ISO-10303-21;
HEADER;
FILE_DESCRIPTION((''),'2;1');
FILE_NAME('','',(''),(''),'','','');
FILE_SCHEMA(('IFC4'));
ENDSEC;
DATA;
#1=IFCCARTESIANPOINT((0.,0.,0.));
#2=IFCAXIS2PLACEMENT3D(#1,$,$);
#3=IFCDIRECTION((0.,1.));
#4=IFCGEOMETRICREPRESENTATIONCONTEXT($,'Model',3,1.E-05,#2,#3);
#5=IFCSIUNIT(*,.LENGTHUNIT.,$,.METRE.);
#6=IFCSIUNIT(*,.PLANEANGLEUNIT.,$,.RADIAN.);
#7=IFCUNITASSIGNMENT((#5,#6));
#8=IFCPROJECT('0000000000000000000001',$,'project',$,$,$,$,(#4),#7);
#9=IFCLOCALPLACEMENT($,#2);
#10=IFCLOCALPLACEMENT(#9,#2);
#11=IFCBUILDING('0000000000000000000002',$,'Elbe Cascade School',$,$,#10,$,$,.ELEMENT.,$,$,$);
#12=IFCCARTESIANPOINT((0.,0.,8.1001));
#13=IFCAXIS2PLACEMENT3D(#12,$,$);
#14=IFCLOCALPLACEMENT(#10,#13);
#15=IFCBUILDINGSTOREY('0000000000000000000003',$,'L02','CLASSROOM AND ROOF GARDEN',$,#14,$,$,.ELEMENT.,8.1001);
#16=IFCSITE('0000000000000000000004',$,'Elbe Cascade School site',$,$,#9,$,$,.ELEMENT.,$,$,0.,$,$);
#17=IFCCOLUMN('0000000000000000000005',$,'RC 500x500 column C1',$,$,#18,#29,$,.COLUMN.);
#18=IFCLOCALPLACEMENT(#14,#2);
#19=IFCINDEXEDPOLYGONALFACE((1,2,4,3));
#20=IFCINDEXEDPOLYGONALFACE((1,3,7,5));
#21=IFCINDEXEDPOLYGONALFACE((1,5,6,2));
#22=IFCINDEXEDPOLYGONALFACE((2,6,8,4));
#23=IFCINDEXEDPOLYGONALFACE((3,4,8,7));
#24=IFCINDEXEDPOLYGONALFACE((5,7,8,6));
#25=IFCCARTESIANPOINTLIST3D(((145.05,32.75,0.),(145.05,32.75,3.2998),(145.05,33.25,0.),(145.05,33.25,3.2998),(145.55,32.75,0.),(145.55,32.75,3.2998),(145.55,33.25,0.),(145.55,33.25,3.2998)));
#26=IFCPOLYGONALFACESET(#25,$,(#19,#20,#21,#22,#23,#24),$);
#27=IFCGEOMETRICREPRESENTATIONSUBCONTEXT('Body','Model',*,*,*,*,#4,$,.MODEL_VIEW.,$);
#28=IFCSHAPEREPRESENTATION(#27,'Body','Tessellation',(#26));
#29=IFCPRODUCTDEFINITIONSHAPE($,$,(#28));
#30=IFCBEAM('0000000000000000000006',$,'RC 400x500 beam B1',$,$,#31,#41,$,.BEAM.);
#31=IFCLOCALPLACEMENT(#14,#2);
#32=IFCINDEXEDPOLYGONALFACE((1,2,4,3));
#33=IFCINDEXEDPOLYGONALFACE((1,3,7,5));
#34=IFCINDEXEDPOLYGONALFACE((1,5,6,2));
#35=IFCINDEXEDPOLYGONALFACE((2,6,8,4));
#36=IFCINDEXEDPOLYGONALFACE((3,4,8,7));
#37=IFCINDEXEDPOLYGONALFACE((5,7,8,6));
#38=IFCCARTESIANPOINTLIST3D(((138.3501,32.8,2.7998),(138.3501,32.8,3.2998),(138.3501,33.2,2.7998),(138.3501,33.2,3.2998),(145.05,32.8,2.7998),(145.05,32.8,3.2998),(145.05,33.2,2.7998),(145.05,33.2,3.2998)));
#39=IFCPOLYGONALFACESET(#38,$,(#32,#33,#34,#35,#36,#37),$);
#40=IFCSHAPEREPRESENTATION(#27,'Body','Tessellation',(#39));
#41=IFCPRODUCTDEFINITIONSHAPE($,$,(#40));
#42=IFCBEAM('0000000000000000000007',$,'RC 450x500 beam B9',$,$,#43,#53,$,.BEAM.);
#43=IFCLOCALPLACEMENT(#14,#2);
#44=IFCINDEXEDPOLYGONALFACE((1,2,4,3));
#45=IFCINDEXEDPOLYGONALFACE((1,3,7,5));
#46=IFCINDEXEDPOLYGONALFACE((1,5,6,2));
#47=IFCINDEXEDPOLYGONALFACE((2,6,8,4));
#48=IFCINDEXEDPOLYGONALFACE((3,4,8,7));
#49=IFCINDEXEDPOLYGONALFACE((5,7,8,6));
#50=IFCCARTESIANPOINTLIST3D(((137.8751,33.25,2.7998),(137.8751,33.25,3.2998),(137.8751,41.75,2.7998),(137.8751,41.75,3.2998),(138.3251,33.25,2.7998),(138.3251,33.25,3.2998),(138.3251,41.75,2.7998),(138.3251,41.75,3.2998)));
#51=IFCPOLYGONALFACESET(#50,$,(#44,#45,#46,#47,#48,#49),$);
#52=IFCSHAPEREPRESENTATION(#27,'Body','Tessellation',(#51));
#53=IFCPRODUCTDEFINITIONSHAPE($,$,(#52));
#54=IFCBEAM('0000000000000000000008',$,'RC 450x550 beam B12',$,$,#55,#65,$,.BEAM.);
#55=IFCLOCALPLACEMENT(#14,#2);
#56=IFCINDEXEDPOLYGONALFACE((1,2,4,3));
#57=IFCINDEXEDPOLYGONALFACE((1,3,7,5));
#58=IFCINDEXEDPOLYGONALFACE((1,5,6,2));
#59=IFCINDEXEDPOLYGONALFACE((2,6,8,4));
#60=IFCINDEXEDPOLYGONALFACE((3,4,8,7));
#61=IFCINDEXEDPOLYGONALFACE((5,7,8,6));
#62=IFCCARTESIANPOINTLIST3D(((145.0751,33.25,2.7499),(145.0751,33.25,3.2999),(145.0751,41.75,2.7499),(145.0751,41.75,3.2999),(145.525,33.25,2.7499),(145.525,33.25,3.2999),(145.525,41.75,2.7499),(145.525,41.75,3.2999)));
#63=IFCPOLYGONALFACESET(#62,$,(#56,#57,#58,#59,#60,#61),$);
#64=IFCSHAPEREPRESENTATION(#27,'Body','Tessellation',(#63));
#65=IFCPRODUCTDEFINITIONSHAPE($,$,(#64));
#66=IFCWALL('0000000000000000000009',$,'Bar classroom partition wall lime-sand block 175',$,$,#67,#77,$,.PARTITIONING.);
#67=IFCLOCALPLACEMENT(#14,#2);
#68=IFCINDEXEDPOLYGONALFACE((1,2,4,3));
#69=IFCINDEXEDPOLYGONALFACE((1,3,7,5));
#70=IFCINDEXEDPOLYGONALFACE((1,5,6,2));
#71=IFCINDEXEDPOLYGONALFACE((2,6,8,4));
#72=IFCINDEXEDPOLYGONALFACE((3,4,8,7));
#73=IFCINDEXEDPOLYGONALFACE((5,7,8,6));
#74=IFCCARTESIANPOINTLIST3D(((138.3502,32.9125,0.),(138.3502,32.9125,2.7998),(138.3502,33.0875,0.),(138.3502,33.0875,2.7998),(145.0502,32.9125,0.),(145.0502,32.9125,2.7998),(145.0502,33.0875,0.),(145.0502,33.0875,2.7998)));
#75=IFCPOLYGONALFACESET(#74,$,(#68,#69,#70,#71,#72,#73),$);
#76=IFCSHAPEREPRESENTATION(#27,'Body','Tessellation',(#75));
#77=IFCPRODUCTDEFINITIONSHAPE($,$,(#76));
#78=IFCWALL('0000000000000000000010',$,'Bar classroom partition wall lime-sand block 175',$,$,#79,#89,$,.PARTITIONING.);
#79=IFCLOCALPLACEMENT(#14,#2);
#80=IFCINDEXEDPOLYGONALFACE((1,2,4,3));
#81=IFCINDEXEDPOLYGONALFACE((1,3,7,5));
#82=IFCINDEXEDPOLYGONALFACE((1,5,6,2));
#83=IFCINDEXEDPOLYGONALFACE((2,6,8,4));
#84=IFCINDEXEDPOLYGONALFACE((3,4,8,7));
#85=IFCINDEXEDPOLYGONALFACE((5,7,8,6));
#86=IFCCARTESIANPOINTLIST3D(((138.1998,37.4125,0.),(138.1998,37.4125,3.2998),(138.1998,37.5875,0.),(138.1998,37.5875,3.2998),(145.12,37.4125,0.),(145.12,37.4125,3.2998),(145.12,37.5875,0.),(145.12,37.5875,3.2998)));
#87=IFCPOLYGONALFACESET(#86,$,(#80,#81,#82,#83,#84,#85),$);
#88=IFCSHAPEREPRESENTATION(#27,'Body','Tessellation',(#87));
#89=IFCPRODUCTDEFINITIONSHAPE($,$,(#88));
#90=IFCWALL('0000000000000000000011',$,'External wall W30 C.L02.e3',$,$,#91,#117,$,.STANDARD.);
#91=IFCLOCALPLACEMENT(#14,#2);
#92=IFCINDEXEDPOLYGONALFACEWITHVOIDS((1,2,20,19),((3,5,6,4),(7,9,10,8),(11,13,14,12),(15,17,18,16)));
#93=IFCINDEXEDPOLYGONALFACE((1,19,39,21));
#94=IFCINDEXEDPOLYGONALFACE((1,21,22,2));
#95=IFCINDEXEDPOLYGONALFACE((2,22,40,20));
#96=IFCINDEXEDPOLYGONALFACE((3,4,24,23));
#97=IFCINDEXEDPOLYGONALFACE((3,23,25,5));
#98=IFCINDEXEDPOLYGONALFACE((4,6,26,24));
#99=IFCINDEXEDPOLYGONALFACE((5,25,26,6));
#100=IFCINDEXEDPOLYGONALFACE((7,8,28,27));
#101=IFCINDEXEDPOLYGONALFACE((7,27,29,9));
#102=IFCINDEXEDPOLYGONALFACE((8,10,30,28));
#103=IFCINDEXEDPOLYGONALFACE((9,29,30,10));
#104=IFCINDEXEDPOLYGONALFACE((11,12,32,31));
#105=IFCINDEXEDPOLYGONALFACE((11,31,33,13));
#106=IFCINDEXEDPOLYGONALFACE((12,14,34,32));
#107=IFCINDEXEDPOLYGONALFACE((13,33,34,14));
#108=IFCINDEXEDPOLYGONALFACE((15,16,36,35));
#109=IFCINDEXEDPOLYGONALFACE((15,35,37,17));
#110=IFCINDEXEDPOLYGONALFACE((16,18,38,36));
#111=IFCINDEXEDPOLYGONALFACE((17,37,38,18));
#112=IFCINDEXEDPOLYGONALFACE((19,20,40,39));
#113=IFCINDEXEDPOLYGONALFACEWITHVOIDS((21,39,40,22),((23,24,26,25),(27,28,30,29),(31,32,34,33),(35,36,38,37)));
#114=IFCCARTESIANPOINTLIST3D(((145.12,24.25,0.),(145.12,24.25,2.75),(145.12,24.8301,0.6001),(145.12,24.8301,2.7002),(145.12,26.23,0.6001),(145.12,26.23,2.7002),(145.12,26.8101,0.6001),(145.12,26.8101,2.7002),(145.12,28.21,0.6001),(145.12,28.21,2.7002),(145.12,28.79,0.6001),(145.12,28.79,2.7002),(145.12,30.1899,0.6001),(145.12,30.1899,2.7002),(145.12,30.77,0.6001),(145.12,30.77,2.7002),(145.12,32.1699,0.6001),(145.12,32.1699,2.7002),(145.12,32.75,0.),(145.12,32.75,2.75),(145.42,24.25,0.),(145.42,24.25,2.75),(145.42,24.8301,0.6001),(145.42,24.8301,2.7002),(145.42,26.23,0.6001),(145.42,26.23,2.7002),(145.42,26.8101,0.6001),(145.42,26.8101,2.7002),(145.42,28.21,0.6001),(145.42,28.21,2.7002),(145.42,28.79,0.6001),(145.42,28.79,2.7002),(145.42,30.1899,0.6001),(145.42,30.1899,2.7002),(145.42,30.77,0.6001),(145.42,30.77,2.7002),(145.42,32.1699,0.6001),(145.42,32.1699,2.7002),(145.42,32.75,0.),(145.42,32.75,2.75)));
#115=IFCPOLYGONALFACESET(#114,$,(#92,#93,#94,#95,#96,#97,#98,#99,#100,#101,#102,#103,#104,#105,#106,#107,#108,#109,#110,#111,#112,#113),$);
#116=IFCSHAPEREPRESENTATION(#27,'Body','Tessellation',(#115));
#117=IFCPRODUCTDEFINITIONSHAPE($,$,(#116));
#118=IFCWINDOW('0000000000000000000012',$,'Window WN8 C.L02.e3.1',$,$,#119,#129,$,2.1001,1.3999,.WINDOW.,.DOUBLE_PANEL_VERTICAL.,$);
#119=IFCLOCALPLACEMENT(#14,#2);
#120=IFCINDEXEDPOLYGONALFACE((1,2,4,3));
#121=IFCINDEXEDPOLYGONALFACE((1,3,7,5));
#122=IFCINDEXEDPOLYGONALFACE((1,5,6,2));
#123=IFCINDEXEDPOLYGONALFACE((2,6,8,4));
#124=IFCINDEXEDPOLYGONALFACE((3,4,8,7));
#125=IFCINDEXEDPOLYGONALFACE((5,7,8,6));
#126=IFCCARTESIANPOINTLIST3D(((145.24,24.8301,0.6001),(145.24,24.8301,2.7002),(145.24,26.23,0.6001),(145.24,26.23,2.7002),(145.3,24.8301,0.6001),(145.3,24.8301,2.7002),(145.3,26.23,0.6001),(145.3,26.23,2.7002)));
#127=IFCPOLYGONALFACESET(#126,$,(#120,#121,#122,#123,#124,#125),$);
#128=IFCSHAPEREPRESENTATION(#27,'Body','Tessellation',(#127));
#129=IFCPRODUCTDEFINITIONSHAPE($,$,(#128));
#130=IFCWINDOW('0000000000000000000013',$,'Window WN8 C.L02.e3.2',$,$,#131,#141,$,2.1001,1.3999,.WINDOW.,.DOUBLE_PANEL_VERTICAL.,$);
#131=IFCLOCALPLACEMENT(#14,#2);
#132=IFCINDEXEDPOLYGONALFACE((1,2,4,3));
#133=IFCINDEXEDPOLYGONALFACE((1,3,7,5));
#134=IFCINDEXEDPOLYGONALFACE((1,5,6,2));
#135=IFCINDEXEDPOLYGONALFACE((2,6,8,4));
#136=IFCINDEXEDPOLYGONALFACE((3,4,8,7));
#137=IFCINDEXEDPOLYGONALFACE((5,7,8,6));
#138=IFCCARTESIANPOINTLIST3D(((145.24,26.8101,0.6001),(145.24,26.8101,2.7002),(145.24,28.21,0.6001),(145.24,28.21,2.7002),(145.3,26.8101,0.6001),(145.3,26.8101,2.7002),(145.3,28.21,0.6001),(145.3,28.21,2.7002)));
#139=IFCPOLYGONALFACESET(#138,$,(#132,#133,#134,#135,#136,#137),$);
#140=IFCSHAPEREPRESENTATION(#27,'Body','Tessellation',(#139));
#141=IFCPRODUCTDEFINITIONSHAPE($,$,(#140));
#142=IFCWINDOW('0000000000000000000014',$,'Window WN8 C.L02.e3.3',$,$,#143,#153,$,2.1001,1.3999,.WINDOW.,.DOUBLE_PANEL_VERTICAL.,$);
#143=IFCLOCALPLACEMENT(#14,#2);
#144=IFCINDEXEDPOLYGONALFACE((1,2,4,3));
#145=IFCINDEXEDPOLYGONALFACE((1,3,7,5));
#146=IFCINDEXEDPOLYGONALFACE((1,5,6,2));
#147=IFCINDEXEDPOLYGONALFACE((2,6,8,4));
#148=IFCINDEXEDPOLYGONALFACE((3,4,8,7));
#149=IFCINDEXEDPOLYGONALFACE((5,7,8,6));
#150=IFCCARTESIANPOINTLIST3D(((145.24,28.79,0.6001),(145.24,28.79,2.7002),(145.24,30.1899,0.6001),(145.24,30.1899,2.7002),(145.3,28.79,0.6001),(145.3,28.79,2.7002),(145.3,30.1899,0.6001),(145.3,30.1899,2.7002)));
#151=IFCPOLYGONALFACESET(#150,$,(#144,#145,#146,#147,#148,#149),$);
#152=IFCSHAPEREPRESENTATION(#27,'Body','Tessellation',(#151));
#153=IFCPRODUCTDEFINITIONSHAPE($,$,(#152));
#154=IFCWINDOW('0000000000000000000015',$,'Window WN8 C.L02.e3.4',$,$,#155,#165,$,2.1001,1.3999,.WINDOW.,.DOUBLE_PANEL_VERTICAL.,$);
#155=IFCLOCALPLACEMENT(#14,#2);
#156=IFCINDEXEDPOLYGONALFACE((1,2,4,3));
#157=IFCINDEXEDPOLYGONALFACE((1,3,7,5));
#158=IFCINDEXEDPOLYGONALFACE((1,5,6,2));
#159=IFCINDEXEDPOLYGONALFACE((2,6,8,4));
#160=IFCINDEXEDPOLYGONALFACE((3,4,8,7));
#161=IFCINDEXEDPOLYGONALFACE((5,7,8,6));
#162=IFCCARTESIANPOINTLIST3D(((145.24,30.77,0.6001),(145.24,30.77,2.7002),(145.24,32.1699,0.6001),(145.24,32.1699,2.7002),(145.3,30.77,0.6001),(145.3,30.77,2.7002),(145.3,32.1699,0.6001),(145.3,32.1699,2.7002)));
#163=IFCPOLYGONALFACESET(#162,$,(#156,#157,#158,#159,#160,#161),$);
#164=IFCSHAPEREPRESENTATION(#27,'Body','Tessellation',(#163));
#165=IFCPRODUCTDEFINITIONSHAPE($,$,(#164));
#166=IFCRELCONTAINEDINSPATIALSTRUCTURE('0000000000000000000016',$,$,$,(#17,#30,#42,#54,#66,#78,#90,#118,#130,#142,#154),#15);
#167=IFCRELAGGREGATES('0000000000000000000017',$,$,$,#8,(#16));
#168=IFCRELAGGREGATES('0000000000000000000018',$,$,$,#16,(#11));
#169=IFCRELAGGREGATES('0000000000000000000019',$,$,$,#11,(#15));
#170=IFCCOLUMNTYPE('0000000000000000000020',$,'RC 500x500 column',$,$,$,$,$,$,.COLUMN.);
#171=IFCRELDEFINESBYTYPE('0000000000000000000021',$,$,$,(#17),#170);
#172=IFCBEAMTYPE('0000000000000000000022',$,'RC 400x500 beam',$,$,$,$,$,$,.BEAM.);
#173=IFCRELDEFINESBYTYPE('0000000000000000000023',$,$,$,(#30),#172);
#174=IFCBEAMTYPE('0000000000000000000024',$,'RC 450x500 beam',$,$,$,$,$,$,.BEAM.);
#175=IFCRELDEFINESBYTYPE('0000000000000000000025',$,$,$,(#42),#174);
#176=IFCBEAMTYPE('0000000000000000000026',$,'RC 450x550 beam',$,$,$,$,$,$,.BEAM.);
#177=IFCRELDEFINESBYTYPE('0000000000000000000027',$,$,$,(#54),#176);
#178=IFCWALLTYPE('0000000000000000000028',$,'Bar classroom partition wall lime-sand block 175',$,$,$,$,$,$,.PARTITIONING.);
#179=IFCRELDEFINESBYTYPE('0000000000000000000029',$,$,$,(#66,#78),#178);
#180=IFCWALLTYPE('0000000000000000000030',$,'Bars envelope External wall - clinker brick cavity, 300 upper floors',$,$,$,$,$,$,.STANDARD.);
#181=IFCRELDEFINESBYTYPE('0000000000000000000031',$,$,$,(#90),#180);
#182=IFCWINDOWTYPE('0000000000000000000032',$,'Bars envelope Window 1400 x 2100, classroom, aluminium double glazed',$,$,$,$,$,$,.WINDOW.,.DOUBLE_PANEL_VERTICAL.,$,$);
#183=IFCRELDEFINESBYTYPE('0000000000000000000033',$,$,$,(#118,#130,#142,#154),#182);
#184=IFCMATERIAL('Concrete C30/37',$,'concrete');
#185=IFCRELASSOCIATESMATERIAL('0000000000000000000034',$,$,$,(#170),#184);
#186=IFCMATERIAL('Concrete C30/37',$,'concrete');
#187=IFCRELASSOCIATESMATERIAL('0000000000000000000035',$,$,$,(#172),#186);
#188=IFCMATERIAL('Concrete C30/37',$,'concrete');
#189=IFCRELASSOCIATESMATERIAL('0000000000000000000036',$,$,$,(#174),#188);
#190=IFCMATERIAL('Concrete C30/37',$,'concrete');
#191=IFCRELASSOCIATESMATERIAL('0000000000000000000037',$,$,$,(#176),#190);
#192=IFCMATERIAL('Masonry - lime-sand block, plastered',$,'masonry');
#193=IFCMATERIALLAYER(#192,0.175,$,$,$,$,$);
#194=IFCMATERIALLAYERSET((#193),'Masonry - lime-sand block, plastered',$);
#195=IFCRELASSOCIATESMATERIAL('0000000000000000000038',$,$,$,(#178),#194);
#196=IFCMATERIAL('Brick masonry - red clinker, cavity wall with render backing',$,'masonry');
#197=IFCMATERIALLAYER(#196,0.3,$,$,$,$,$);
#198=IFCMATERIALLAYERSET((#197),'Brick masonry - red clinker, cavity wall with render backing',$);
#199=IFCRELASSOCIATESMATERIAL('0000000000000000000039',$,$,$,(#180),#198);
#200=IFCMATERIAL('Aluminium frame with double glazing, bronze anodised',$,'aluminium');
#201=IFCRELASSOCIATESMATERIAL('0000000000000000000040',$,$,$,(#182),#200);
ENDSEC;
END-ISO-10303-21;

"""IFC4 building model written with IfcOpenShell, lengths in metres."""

from ifc_helpers import new_model, si_unit, direction, frame, frame_2d, origin, origin_2d, place, context, subcontext, project, spatial, rectangle, extrude, material, layer, layer_set, material_profile, profile_set, type_object, element, fill, save


model = new_model("IFC4")

# Units and contexts
model_context = context("Model", 3, precision=1e-05, world=origin(), true_north=direction((0.0, 1.0)))
body_context = subcontext(model_context, "Body", "Model", "MODEL_VIEW")
ifc_project = project(units=[si_unit("LENGTHUNIT", "METRE"), si_unit("PLANEANGLEUNIT", "RADIAN")], contexts=[model_context])

# Site, building, storey
site_placement = place(None, origin())
site = spatial("IfcSite", under=ifc_project, at=site_placement, Name="Elbe Cascade School site", CompositionType="ELEMENT", RefElevation=0.0)
building_placement = place(site_placement, origin())
building = spatial("IfcBuilding", under=site, at=building_placement, Name="Elbe Cascade School", CompositionType="ELEMENT")
storey_placement = place(building_placement, frame((0.0, 0.0, 8.1001)))
storey = spatial("IfcBuildingStorey", under=building, at=storey_placement, Name="L02", Description="CLASSROOM AND ROOF GARDEN", CompositionType="ELEMENT", Elevation=8.1001)

# Column
ifc_material_1 = material(Name="Concrete C30/37", Category="concrete")
ifc_material_profile_1 = material_profile(ifc_material_1, rectangle(XDim=0.5, YDim=0.5, at=origin_2d()), Name="RC 500x500")
ifc_profile_set_1 = profile_set([ifc_material_profile_1], Name="Concrete C30/37")
column_type = type_object("IfcColumnType", Name="RC 500x500 column", PredefinedType="COLUMN", material=ifc_profile_set_1)
column_placement = place(storey_placement, frame((145.3, 33.0, 0.0), z_axis=(0.0, 0.0, 1.0), x_axis=(1.0, 0.0, 0.0)))
element("IfcColumn", 1, at=column_placement, inside=storey, type_object=column_type, Name="RC 500x500 column C1", PredefinedType="COLUMN", context=body_context, shape_type="SweptSolid", body=[
    extrude(rectangle(XDim=0.5, YDim=0.5, at=origin_2d()), origin(), (0.0, 0.0, 1.0), 3.2998),
])

# Beams
ifc_material_2 = material(Name="Concrete C30/37", Category="concrete")
ifc_material_profile_2 = material_profile(ifc_material_2, rectangle(XDim=0.3999, YDim=0.5, at=origin_2d()), Name="RC 400x500")
ifc_profile_set_2 = profile_set([ifc_material_profile_2], Name="Concrete C30/37")
beam_type_1 = type_object("IfcBeamType", Name="RC 400x500 beam", PredefinedType="BEAM", material=ifc_profile_set_2)
beam_1_placement = place(storey_placement, frame((138.3501, 33.0, 3.0498), z_axis=(1.0, 0.0, 0.0), x_axis=(0.0, 1.0, 0.0)))
element("IfcBeam", 2, at=beam_1_placement, inside=storey, type_object=beam_type_1, Name="RC 400x500 beam B1", PredefinedType="BEAM", context=body_context, shape_type="SweptSolid", body=[
    extrude(rectangle(XDim=0.3999, YDim=0.5, at=origin_2d()), origin(), (0.0, 0.0, 1.0), 6.7),
])
ifc_material_3 = material(Name="Concrete C30/37", Category="concrete")
ifc_material_profile_3 = material_profile(ifc_material_3, rectangle(XDim=0.45, YDim=0.5, at=origin_2d()), Name="RC 450x500")
ifc_profile_set_3 = profile_set([ifc_material_profile_3], Name="Concrete C30/37")
beam_type_2 = type_object("IfcBeamType", Name="RC 450x500 beam", PredefinedType="BEAM", material=ifc_profile_set_3)
beam_2_placement = place(storey_placement, frame((138.1001, 33.25, 3.0498), z_axis=(0.0, 1.0, 0.0), x_axis=(-1.0, 0.0, 0.0)))
element("IfcBeam", 3, at=beam_2_placement, inside=storey, type_object=beam_type_2, Name="RC 450x500 beam B9", PredefinedType="BEAM", context=body_context, shape_type="SweptSolid", body=[
    extrude(rectangle(XDim=0.45, YDim=0.5, at=origin_2d()), origin(), (0.0, 0.0, 1.0), 8.5),
])
ifc_material_4 = material(Name="Concrete C30/37", Category="concrete")
ifc_material_profile_4 = material_profile(ifc_material_4, rectangle(XDim=0.45, YDim=0.55, at=origin_2d()), Name="RC 450x550")
ifc_profile_set_4 = profile_set([ifc_material_profile_4], Name="Concrete C30/37")
beam_type_3 = type_object("IfcBeamType", Name="RC 450x550 beam", PredefinedType="BEAM", material=ifc_profile_set_4)
beam_3_placement = place(storey_placement, frame((145.3, 33.25, 3.0249), z_axis=(0.0, 1.0, 0.0), x_axis=(-1.0, 0.0, 0.0)))
element("IfcBeam", 4, at=beam_3_placement, inside=storey, type_object=beam_type_3, Name="RC 450x550 beam B12", PredefinedType="BEAM", context=body_context, shape_type="SweptSolid", body=[
    extrude(rectangle(XDim=0.45, YDim=0.55, at=origin_2d()), origin(), (0.0, 0.0, 1.0), 8.5),
])

# Walls
ifc_material_5 = material(Name="Masonry - lime-sand block, plastered", Category="masonry")
ifc_layer_1 = layer(ifc_material_5, 0.175)
ifc_layer_set_1 = layer_set([ifc_layer_1], Name="Masonry - lime-sand block, plastered")
wall_type_1 = type_object("IfcWallType", Name="Bar classroom partition wall lime-sand block 175", PredefinedType="PARTITIONING", material=ifc_layer_set_1)
wall_1_placement = place(storey_placement, frame((138.3501, 33.0, 0.0), z_axis=(0.0, 0.0, 1.0), x_axis=(1.0, 0.0, 0.0)))
element("IfcWall", 5, at=wall_1_placement, inside=storey, type_object=wall_type_1, Name="Bar classroom partition wall lime-sand block 175", PredefinedType="PARTITIONING", context=body_context, shape_type="SweptSolid", body=[
    extrude(rectangle(XDim=6.7, YDim=0.175, at=frame_2d((3.3501, 0.0))), origin(), (0.0, 0.0, 1.0), 2.7998),
])
wall_2_placement = place(storey_placement, frame((138.2, 37.5, 0.0), z_axis=(0.0, 0.0, 1.0), x_axis=(1.0, 0.0, 0.0)))
element("IfcWall", 6, at=wall_2_placement, inside=storey, type_object=wall_type_1, Name="Bar classroom partition wall lime-sand block 175", PredefinedType="PARTITIONING", context=body_context, shape_type="SweptSolid", body=[
    extrude(rectangle(XDim=6.9202, YDim=0.175, at=frame_2d((3.46, 0.0))), origin(), (0.0, 0.0, 1.0), 3.2998),
])

# Wall, openings, windows
ifc_material_6 = material(Name="Brick masonry - red clinker, cavity wall with render backing", Category="masonry")
ifc_layer_2 = layer(ifc_material_6, 0.3)
ifc_layer_set_2 = layer_set([ifc_layer_2], Name="Brick masonry - red clinker, cavity wall with render backing")
wall_type_2 = type_object("IfcWallType", Name="Bars envelope External wall - clinker brick cavity, 300 upper floors", PredefinedType="STANDARD", material=ifc_layer_set_2)
wall_3_placement = place(storey_placement, frame((145.27, 32.75, 0.0), z_axis=(0.0, 0.0, 1.0), x_axis=(0.0, -1.0, 0.0)))
wall_3 = element("IfcWall", 7, at=wall_3_placement, inside=storey, type_object=wall_type_2, Name="External wall W30 C.L02.e3", PredefinedType="STANDARD", context=body_context, shape_type="SweptSolid", body=[
    extrude(rectangle(XDim=8.5, YDim=0.3, at=frame_2d((4.25, 0.0))), origin(), (0.0, 0.0, 1.0), 2.75),
])
opening_1_placement = place(wall_3_placement, frame((6.52, 0.0, 0.6001)))
opening_1 = element("IfcOpeningElement", 8, at=opening_1_placement, cuts=wall_3, PredefinedType="OPENING", context=body_context, shape_type="SweptSolid", body=[
    extrude(rectangle(XDim=1.3999, YDim=2.1001, at=frame_2d((0.7, 1.05))), frame((0.0, 0.1599, 0.0), z_axis=(0.0, -1.0, 0.0), x_axis=(1.0, 0.0, 0.0)), (0.0, 0.0, 1.0), 0.3201),
])
opening_2_placement = place(wall_3_placement, frame((4.54, 0.0, 0.6001)))
opening_2 = element("IfcOpeningElement", 9, at=opening_2_placement, cuts=wall_3, PredefinedType="OPENING", context=body_context, shape_type="SweptSolid", body=[
    extrude(rectangle(XDim=1.3999, YDim=2.1001, at=frame_2d((0.7, 1.05))), frame((0.0, 0.1599, 0.0), z_axis=(0.0, -1.0, 0.0), x_axis=(1.0, 0.0, 0.0)), (0.0, 0.0, 1.0), 0.3201),
])
opening_3_placement = place(wall_3_placement, frame((2.5601, 0.0, 0.6001)))
opening_3 = element("IfcOpeningElement", 10, at=opening_3_placement, cuts=wall_3, PredefinedType="OPENING", context=body_context, shape_type="SweptSolid", body=[
    extrude(rectangle(XDim=1.3999, YDim=2.1001, at=frame_2d((0.7, 1.05))), frame((0.0, 0.1599, 0.0), z_axis=(0.0, -1.0, 0.0), x_axis=(1.0, 0.0, 0.0)), (0.0, 0.0, 1.0), 0.3201),
])
opening_4_placement = place(wall_3_placement, frame((0.5801, 0.0, 0.6001)))
opening_4 = element("IfcOpeningElement", 11, at=opening_4_placement, cuts=wall_3, PredefinedType="OPENING", context=body_context, shape_type="SweptSolid", body=[
    extrude(rectangle(XDim=1.3999, YDim=2.1001, at=frame_2d((0.7, 1.05))), frame((0.0, 0.1599, 0.0), z_axis=(0.0, -1.0, 0.0), x_axis=(1.0, 0.0, 0.0)), (0.0, 0.0, 1.0), 0.3201),
])
ifc_material_7 = material(Name="Aluminium frame with double glazing, bronze anodised", Category="aluminium")
window_type = type_object("IfcWindowType", Name="Bars envelope Window 1400 x 2100, classroom, aluminium double glazed", PartitioningType="DOUBLE_PANEL_VERTICAL", PredefinedType="WINDOW", material=ifc_material_7)
window_1_placement = place(opening_1_placement, origin())
window_1 = element("IfcWindow", 12, at=window_1_placement, inside=storey, type_object=window_type, Name="Window WN8 C.L02.e3.1", OverallHeight=2.1001, OverallWidth=1.3999, PartitioningType="DOUBLE_PANEL_VERTICAL", PredefinedType="WINDOW", context=body_context, shape_type="SweptSolid", body=[
    extrude(rectangle(XDim=1.3999, YDim=2.1001, at=frame_2d((0.7, 1.05))), frame((0.0, 0.03, 0.0), z_axis=(0.0, -1.0, 0.0), x_axis=(1.0, 0.0, 0.0)), (0.0, 0.0, 1.0), 0.0601),
])
fill(opening_1, window_1)
window_2_placement = place(opening_2_placement, origin())
window_2 = element("IfcWindow", 13, at=window_2_placement, inside=storey, type_object=window_type, Name="Window WN8 C.L02.e3.2", OverallHeight=2.1001, OverallWidth=1.3999, PartitioningType="DOUBLE_PANEL_VERTICAL", PredefinedType="WINDOW", context=body_context, shape_type="SweptSolid", body=[
    extrude(rectangle(XDim=1.3999, YDim=2.1001, at=frame_2d((0.7, 1.05))), frame((0.0, 0.03, 0.0), z_axis=(0.0, -1.0, 0.0), x_axis=(1.0, 0.0, 0.0)), (0.0, 0.0, 1.0), 0.0601),
])
fill(opening_2, window_2)
window_3_placement = place(opening_3_placement, origin())
window_3 = element("IfcWindow", 14, at=window_3_placement, inside=storey, type_object=window_type, Name="Window WN8 C.L02.e3.3", OverallHeight=2.1001, OverallWidth=1.3999, PartitioningType="DOUBLE_PANEL_VERTICAL", PredefinedType="WINDOW", context=body_context, shape_type="SweptSolid", body=[
    extrude(rectangle(XDim=1.3999, YDim=2.1001, at=frame_2d((0.7, 1.05))), frame((0.0, 0.03, 0.0), z_axis=(0.0, -1.0, 0.0), x_axis=(1.0, 0.0, 0.0)), (0.0, 0.0, 1.0), 0.0601),
])
fill(opening_3, window_3)
window_4_placement = place(opening_4_placement, origin())
window_4 = element("IfcWindow", 15, at=window_4_placement, inside=storey, type_object=window_type, Name="Window WN8 C.L02.e3.4", OverallHeight=2.1001, OverallWidth=1.3999, PartitioningType="DOUBLE_PANEL_VERTICAL", PredefinedType="WINDOW", context=body_context, shape_type="SweptSolid", body=[
    extrude(rectangle(XDim=1.3999, YDim=2.1001, at=frame_2d((0.7, 1.05))), frame((0.0, 0.03, 0.0), z_axis=(0.0, -1.0, 0.0), x_axis=(1.0, 0.0, 0.0)), (0.0, 0.0, 1.0), 0.0601),
])
fill(opening_4, window_4)

save(model, "model.ifc")
